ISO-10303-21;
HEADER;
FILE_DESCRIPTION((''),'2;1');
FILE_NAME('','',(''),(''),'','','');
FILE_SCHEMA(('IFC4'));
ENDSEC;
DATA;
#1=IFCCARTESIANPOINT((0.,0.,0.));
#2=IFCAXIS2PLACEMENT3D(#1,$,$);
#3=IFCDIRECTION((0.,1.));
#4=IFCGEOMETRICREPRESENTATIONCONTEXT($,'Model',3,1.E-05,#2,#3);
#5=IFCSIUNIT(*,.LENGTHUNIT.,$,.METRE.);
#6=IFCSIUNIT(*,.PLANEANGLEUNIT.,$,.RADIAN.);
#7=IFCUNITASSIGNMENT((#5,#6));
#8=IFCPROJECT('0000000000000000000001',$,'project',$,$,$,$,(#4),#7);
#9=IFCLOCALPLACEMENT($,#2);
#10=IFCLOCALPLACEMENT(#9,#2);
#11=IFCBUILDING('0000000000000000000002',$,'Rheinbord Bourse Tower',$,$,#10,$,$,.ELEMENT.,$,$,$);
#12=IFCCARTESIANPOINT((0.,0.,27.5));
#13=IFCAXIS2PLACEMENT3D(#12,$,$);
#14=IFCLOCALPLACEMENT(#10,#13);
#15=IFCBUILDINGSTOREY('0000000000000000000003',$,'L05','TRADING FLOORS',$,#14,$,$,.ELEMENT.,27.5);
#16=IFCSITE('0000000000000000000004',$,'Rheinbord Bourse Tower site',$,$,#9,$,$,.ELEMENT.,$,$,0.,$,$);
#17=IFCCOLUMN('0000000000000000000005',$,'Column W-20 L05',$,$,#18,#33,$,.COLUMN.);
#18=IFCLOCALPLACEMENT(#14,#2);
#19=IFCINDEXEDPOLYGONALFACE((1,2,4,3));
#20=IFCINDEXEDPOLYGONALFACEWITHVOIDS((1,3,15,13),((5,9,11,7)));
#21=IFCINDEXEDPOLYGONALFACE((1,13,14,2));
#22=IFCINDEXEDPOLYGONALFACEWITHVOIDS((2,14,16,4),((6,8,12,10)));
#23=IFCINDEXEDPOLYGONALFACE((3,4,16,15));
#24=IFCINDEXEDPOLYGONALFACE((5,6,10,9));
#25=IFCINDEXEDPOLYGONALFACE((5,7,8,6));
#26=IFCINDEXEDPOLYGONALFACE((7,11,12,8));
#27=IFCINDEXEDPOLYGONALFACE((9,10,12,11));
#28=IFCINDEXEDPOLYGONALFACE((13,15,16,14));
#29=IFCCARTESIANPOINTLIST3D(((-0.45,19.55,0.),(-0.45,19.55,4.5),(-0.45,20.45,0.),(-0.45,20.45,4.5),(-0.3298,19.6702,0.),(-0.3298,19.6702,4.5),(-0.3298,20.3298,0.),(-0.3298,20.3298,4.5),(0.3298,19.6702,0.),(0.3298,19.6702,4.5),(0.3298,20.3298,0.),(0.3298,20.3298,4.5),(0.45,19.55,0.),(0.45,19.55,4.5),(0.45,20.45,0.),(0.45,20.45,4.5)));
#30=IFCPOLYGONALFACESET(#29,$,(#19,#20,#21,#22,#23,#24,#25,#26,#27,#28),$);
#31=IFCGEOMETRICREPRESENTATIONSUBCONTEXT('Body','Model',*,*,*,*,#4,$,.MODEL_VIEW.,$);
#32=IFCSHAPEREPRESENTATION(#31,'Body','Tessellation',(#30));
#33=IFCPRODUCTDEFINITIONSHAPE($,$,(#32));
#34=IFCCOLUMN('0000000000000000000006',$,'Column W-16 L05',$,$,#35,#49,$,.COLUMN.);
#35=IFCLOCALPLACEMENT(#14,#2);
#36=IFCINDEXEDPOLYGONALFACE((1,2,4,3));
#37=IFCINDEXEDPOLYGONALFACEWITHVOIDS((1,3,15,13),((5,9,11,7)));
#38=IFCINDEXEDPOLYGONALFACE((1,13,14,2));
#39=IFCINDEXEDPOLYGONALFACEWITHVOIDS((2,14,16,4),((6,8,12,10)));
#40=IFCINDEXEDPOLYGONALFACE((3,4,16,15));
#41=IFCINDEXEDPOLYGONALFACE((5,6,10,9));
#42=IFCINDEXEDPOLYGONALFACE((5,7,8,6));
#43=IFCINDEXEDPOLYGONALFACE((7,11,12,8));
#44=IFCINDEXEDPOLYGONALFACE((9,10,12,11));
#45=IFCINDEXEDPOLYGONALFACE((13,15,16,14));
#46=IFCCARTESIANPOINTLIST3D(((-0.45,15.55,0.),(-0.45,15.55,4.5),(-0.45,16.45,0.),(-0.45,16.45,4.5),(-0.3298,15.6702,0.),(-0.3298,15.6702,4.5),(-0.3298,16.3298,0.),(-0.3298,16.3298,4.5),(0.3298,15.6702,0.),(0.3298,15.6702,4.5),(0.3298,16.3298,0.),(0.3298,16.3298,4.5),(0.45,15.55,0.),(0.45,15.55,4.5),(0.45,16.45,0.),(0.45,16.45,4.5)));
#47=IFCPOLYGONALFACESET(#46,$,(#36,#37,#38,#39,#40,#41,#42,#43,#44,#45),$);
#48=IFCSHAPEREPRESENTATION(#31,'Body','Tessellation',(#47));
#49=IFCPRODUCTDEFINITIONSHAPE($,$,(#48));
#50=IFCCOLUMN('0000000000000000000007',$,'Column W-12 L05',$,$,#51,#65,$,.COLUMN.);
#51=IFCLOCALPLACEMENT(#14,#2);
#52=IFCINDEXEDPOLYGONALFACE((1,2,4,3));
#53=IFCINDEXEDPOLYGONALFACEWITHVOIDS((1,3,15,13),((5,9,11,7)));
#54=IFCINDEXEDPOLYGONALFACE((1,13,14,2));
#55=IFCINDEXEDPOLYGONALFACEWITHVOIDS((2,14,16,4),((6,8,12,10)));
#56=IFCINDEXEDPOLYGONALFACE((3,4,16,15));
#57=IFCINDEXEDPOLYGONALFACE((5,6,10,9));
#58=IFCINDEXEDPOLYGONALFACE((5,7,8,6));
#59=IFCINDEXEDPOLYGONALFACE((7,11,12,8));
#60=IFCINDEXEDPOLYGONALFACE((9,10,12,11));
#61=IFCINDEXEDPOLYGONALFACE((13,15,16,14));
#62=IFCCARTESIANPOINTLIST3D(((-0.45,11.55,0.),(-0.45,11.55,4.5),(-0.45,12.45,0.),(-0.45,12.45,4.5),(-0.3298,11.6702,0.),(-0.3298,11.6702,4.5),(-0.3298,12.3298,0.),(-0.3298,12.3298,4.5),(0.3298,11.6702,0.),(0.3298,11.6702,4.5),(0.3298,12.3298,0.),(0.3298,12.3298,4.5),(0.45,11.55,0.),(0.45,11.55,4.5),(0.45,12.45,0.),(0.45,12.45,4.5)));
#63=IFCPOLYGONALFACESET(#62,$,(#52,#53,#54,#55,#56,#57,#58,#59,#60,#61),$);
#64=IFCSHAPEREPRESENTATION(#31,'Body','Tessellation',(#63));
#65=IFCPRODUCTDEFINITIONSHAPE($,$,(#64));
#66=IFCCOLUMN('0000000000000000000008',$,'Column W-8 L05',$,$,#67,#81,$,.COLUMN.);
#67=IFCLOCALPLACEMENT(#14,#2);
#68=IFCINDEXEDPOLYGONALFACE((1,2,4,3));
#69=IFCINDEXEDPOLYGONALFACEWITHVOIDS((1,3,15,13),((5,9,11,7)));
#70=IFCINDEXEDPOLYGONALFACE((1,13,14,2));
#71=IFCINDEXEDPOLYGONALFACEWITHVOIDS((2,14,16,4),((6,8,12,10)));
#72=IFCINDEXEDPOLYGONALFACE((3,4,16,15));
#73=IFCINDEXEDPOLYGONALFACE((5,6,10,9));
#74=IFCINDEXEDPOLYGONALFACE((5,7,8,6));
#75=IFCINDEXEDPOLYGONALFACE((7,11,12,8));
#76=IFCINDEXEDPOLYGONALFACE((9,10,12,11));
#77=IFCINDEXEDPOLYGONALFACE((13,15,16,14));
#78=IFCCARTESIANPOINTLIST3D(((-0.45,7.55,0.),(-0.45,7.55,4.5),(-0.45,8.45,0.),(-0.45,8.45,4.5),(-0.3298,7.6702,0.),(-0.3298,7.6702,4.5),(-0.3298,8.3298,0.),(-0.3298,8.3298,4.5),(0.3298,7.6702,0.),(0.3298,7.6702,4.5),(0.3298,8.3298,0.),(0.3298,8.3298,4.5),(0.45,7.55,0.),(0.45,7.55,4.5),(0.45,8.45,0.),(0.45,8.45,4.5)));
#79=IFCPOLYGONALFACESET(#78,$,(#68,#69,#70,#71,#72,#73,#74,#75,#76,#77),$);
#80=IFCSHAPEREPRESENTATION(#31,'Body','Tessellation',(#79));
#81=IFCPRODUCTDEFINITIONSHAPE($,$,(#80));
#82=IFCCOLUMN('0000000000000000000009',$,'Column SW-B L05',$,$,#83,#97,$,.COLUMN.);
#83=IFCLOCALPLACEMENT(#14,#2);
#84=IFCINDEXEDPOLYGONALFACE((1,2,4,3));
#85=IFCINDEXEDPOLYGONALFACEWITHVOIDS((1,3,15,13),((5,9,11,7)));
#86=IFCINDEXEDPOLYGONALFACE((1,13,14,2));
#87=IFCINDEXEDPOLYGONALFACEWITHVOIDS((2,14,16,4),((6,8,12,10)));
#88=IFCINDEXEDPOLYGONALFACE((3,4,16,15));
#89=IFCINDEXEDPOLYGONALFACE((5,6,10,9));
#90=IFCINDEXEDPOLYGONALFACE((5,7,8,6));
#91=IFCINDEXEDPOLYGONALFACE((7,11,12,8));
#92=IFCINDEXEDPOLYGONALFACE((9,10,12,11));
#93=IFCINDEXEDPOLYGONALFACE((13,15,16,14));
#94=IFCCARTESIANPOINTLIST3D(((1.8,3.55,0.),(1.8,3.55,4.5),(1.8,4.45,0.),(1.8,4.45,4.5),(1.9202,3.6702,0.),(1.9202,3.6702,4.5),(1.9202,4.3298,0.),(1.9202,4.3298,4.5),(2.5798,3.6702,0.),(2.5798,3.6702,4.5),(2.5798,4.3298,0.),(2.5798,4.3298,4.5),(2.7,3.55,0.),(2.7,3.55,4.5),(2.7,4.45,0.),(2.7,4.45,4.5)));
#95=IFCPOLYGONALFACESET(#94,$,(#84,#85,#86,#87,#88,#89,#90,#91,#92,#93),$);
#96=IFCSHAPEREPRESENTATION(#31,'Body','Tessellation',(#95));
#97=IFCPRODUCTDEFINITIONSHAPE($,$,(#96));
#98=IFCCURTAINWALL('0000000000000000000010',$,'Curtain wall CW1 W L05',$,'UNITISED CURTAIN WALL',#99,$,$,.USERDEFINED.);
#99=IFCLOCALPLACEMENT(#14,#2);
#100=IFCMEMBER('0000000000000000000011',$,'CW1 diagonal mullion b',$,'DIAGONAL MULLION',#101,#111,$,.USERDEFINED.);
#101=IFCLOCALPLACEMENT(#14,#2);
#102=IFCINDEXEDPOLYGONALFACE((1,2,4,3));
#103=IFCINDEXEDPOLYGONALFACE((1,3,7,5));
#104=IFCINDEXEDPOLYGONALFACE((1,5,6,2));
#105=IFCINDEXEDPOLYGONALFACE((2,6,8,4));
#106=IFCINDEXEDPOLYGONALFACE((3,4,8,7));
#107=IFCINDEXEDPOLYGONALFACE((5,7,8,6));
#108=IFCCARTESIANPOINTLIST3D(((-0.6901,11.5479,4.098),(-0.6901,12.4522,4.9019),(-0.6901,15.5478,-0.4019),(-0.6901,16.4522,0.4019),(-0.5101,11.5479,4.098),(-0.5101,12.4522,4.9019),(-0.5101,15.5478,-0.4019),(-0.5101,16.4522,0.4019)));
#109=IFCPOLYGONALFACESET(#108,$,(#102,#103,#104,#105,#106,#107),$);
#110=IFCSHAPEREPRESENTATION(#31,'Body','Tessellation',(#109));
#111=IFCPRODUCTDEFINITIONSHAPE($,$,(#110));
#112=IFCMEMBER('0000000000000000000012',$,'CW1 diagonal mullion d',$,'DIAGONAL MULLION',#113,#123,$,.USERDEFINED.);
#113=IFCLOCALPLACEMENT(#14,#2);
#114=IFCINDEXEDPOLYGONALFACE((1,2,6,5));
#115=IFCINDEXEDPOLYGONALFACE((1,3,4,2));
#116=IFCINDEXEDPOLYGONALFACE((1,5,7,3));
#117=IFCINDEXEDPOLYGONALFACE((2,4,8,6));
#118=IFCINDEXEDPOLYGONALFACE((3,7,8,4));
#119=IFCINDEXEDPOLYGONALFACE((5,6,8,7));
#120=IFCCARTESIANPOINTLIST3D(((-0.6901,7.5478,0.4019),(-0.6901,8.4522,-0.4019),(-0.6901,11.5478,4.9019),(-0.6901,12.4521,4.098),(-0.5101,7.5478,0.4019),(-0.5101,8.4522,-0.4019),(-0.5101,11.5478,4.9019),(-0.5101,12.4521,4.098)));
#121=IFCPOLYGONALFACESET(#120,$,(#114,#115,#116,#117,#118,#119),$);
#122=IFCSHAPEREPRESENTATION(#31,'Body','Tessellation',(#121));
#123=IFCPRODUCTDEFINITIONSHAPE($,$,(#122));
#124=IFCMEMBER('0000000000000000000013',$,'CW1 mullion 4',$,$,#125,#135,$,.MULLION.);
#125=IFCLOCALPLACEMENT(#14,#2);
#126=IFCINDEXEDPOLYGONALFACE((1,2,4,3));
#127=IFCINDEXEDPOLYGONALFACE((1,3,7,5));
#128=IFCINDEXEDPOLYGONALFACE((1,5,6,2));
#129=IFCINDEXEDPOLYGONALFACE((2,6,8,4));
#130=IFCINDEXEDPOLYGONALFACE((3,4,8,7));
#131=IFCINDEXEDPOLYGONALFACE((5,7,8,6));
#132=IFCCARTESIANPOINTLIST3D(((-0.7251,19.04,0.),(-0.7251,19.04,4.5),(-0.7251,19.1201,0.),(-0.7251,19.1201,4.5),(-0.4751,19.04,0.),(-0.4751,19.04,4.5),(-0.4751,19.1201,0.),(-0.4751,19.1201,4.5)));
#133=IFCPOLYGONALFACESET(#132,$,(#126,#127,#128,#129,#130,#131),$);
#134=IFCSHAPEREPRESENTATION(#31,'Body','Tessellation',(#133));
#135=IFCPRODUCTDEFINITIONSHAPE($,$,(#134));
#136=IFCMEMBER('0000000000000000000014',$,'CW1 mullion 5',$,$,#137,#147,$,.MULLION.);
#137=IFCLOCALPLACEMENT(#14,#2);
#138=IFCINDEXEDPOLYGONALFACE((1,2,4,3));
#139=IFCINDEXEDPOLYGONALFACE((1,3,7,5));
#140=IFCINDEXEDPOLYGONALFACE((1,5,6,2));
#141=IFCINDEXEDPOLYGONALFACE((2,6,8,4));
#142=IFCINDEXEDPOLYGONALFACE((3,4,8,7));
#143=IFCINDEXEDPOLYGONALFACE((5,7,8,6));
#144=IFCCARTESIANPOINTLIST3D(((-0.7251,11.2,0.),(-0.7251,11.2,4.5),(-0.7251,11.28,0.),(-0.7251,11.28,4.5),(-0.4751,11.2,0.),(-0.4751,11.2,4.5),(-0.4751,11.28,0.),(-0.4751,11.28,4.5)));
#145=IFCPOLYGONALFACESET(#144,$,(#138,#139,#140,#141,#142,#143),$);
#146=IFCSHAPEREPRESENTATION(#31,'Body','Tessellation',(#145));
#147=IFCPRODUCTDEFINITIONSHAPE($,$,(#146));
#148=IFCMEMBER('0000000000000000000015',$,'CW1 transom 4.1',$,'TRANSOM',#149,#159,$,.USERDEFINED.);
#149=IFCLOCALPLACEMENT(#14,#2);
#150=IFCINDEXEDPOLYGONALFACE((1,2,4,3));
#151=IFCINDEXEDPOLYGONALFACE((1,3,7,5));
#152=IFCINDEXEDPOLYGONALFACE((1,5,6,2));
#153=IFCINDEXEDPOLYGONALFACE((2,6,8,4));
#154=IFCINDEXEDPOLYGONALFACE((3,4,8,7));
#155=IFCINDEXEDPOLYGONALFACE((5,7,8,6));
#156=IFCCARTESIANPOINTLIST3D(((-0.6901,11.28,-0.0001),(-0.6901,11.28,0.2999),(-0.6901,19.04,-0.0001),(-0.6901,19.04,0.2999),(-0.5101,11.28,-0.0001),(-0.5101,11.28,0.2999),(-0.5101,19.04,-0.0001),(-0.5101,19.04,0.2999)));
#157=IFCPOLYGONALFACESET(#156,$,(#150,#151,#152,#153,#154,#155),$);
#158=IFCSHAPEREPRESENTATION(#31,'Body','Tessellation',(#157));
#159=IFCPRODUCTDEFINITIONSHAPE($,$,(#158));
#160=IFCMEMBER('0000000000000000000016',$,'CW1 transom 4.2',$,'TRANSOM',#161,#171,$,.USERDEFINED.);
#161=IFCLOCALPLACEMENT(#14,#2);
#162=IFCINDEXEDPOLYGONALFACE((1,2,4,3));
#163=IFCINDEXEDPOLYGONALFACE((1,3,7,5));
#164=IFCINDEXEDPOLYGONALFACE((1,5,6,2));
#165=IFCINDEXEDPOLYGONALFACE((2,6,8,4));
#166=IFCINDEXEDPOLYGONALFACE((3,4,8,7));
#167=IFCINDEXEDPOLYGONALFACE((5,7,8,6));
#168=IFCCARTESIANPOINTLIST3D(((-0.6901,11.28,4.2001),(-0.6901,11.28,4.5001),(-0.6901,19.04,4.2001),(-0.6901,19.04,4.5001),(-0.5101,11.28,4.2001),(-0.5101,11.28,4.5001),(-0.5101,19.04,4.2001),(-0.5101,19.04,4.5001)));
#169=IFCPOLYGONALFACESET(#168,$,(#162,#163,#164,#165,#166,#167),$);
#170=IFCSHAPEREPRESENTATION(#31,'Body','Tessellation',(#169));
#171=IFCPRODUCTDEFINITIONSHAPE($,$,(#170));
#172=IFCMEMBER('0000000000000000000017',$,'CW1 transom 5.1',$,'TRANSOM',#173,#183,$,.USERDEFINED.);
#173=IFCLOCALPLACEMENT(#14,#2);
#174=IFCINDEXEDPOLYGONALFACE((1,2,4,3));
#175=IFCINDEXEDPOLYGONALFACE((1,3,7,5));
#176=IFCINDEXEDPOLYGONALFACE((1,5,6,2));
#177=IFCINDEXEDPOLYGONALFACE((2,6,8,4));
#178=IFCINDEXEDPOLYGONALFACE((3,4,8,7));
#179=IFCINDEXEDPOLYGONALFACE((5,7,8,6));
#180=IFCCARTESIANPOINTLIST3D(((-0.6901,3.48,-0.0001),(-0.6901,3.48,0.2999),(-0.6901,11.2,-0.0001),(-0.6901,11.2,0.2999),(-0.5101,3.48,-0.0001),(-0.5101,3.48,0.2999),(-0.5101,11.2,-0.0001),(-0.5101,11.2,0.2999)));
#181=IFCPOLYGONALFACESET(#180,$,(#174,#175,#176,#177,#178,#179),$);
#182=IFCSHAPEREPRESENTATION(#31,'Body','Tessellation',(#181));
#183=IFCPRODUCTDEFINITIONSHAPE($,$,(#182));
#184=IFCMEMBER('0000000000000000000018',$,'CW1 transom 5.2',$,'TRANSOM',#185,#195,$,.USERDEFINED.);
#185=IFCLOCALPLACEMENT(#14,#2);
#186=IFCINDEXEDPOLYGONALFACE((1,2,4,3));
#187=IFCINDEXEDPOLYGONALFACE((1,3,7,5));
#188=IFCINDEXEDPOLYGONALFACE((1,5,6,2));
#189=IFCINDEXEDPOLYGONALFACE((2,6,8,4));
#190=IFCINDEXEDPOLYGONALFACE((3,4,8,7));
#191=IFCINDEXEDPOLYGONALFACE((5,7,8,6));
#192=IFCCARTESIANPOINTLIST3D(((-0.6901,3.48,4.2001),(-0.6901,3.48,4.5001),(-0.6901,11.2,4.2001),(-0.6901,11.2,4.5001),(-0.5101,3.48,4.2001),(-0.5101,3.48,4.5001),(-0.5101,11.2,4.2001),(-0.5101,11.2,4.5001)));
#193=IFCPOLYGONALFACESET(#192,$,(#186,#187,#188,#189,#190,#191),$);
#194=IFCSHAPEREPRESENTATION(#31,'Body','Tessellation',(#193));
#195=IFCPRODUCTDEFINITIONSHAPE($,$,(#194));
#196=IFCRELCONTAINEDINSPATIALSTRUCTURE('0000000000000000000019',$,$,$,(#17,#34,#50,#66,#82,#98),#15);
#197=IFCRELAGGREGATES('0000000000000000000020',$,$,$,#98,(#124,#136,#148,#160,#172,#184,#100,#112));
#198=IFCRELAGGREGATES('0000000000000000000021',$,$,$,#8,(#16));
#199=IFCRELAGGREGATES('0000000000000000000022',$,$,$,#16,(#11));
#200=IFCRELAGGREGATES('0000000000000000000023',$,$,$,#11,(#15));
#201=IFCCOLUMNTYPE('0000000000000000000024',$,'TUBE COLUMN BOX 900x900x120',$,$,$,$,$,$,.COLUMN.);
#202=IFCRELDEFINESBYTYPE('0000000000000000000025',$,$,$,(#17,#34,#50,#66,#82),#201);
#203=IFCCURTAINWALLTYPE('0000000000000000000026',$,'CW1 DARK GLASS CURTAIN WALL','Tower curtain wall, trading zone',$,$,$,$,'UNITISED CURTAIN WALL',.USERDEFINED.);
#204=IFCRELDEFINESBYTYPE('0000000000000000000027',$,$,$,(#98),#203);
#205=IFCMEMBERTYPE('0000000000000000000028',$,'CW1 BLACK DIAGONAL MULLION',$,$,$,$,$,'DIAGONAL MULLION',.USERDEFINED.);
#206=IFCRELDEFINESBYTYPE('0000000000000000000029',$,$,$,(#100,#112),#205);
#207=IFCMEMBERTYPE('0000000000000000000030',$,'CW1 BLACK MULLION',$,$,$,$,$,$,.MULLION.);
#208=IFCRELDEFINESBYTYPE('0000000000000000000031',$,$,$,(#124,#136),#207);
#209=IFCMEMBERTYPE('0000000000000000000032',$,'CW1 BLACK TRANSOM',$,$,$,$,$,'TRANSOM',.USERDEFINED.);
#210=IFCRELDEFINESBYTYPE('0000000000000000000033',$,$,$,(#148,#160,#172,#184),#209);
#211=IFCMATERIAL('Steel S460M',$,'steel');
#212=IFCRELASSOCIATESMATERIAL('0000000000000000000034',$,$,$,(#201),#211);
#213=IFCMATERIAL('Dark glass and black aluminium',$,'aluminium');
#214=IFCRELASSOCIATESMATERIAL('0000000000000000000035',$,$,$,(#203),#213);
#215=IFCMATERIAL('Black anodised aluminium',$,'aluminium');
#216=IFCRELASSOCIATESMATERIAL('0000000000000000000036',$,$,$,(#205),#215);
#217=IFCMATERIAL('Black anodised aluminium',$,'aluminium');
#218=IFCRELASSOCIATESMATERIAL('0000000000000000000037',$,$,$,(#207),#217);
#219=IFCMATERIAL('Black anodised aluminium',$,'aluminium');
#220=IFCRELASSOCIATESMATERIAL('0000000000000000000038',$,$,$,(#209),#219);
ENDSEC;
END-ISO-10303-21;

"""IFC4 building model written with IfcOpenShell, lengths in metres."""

from ifc_helpers import new_model, si_unit, direction, frame, origin, origin_2d, place, context, subcontext, project, spatial, rectangle, hollow_rectangle, extrude, material, material_profile, profile_set, type_object, element, aggregate, save


model = new_model("IFC4")

# Units and contexts
model_context = context("Model", 3, precision=1e-05, world=origin(), true_north=direction((0.0, 1.0)))
body_context = subcontext(model_context, "Body", "Model", "MODEL_VIEW")
ifc_project = project(units=[si_unit("LENGTHUNIT", "METRE"), si_unit("PLANEANGLEUNIT", "RADIAN")], contexts=[model_context])

# Site, building, storey
site_placement = place(None, origin())
site = spatial("IfcSite", under=ifc_project, at=site_placement, Name="Rheinbord Bourse Tower site", CompositionType="ELEMENT", RefElevation=0.0)
building_placement = place(site_placement, origin())
building = spatial("IfcBuilding", under=site, at=building_placement, Name="Rheinbord Bourse Tower", CompositionType="ELEMENT")
storey_placement = place(building_placement, frame((0.0, 0.0, 27.5)))
storey = spatial("IfcBuildingStorey", under=building, at=storey_placement, Name="L05", Description="TRADING FLOORS", CompositionType="ELEMENT", Elevation=27.5)

# Columns
ifc_material_1 = material(Name="Steel S460M", Category="steel")
ifc_material_profile_1 = material_profile(ifc_material_1, hollow_rectangle(XDim=0.8999, YDim=0.8999, WallThickness=0.1201, at=origin_2d()), Name="BOX 900x900x120")
ifc_profile_set_1 = profile_set([ifc_material_profile_1], Name="Steel S460M")
column_type = type_object("IfcColumnType", Name="TUBE COLUMN BOX 900x900x120", PredefinedType="COLUMN", material=ifc_profile_set_1)
for number, where, z_axis, x_axis, name in (
    (1, (0.0, 20.0, 0.0), (0.0, 0.0, 1.0), (1.0, 0.0, 0.0), "Column W-20 L05"),
    (2, (0.0, 16.0, 0.0), (0.0, 0.0, 1.0), (1.0, 0.0, 0.0), "Column W-16 L05"),
    (3, (0.0, 12.0, 0.0), (0.0, 0.0, 1.0), (1.0, 0.0, 0.0), "Column W-12 L05"),
    (4, (0.0, 8.0, 0.0), (0.0, 0.0, 1.0), (1.0, 0.0, 0.0), "Column W-8 L05"),
    (5, (2.25, 4.0, 0.0), (0.0, 0.0, 1.0), (1.0, 0.0, 0.0), "Column SW-B L05"),
):
    element("IfcColumn", number, at=place(storey_placement, frame(where, z_axis=z_axis, x_axis=x_axis)), inside=storey, type_object=column_type, Name=name, PredefinedType="COLUMN", context=body_context, shape_type="SweptSolid", body=[
        extrude(hollow_rectangle(XDim=0.8999, YDim=0.8999, WallThickness=0.1201, at=origin_2d()), origin(), (0.0, 0.0, 1.0), 4.5),
    ])

# Curtain wall, members
ifc_material_2 = material(Name="Dark glass and black aluminium", Category="aluminium")
curtain_wall_type = type_object("IfcCurtainWallType", Name="CW1 DARK GLASS CURTAIN WALL", Description="Tower curtain wall, trading zone", ElementType="UNITISED CURTAIN WALL", PredefinedType="USERDEFINED", material=ifc_material_2)
curtain_wall_placement = place(storey_placement, origin())
curtain_wall = element("IfcCurtainWall", 6, at=curtain_wall_placement, inside=storey, type_object=curtain_wall_type, Name="Curtain wall CW1 W L05", ObjectType="UNITISED CURTAIN WALL", PredefinedType="USERDEFINED")
ifc_material_3 = material(Name="Black anodised aluminium", Category="aluminium")
ifc_material_profile_2 = material_profile(ifc_material_3, rectangle(XDim=0.1799, YDim=1.21, at=origin_2d()), Name="CW1 DIAGONAL MULLION 1210x180")
ifc_profile_set_2 = profile_set([ifc_material_profile_2], Name="Black anodised aluminium")
member_type_1 = type_object("IfcMemberType", Name="CW1 BLACK DIAGONAL MULLION", ElementType="DIAGONAL MULLION", PredefinedType="USERDEFINED", material=ifc_profile_set_2)
member_1_placement = place(storey_placement, frame((-0.6001, 16.0, 0.0), z_axis=(0.0, -0.664364, 0.747409), x_axis=(1.0, 0.0, 0.0)))
member_1 = element("IfcMember", 7, at=member_1_placement, type_object=member_type_1, Name="CW1 diagonal mullion b", ObjectType="DIAGONAL MULLION", PredefinedType="USERDEFINED", context=body_context, shape_type="SweptSolid", body=[
    extrude(rectangle(XDim=0.1799, YDim=1.21, at=origin_2d()), origin(), (0.0, 0.0, 1.0), 6.0208),
])
member_2_placement = place(storey_placement, frame((-0.6001, 8.0, 0.0), z_axis=(0.0, 0.664364, 0.747409), x_axis=(-1.0, 0.0, 0.0)))
member_2 = element("IfcMember", 8, at=member_2_placement, type_object=member_type_1, Name="CW1 diagonal mullion d", ObjectType="DIAGONAL MULLION", PredefinedType="USERDEFINED", context=body_context, shape_type="SweptSolid", body=[
    extrude(rectangle(XDim=0.1799, YDim=1.21, at=origin_2d()), origin(), (0.0, 0.0, 1.0), 6.0208),
])
ifc_material_4 = material(Name="Black anodised aluminium", Category="aluminium")
ifc_material_profile_3 = material_profile(ifc_material_4, rectangle(XDim=0.25, YDim=0.0801, at=origin_2d()), Name="CW1 MULLION 80x250")
ifc_profile_set_3 = profile_set([ifc_material_profile_3], Name="Black anodised aluminium")
member_type_2 = type_object("IfcMemberType", Name="CW1 BLACK MULLION", PredefinedType="MULLION", material=ifc_profile_set_3)
member_3_placement = place(storey_placement, frame((-0.6001, 19.0801, 0.0), z_axis=(0.0, 0.0, 1.0), x_axis=(1.0, 0.0, 0.0)))
member_3 = element("IfcMember", 9, at=member_3_placement, type_object=member_type_2, Name="CW1 mullion 4", PredefinedType="MULLION", context=body_context, shape_type="SweptSolid", body=[
    extrude(rectangle(XDim=0.25, YDim=0.0801, at=origin_2d()), origin(), (0.0, 0.0, 1.0), 4.5),
])
member_4_placement = place(storey_placement, frame((-0.6001, 11.24, 0.0), z_axis=(0.0, 0.0, 1.0), x_axis=(1.0, 0.0, 0.0)))
member_4 = element("IfcMember", 10, at=member_4_placement, type_object=member_type_2, Name="CW1 mullion 5", PredefinedType="MULLION", context=body_context, shape_type="SweptSolid", body=[
    extrude(rectangle(XDim=0.25, YDim=0.0801, at=origin_2d()), origin(), (0.0, 0.0, 1.0), 4.5),
])
ifc_material_5 = material(Name="Black anodised aluminium", Category="aluminium")
ifc_material_profile_4 = material_profile(ifc_material_5, rectangle(XDim=0.1799, YDim=0.3, at=origin_2d()), Name="CW1 TRANSOM 300x180")
ifc_profile_set_4 = profile_set([ifc_material_profile_4], Name="Black anodised aluminium")
member_type_3 = type_object("IfcMemberType", Name="CW1 BLACK TRANSOM", ElementType="TRANSOM", PredefinedType="USERDEFINED", material=ifc_profile_set_4)
member_5_placement = place(storey_placement, frame((-0.6001, 19.04, 0.1499), z_axis=(0.0, -1.0, 0.0), x_axis=(1.0, 0.0, 0.0)))
member_5 = element("IfcMember", 11, at=member_5_placement, type_object=member_type_3, Name="CW1 transom 4.1", ObjectType="TRANSOM", PredefinedType="USERDEFINED", context=body_context, shape_type="SweptSolid", body=[
    extrude(rectangle(XDim=0.1799, YDim=0.3, at=origin_2d()), origin(), (0.0, 0.0, 1.0), 7.76),
])
member_6_placement = place(storey_placement, frame((-0.6001, 19.04, 4.3501), z_axis=(0.0, -1.0, 0.0), x_axis=(1.0, 0.0, 0.0)))
member_6 = element("IfcMember", 12, at=member_6_placement, type_object=member_type_3, Name="CW1 transom 4.2", ObjectType="TRANSOM", PredefinedType="USERDEFINED", context=body_context, shape_type="SweptSolid", body=[
    extrude(rectangle(XDim=0.1799, YDim=0.3, at=origin_2d()), origin(), (0.0, 0.0, 1.0), 7.76),
])
member_7_placement = place(storey_placement, frame((-0.6001, 11.2, 0.1499), z_axis=(0.0, -1.0, 0.0), x_axis=(1.0, 0.0, 0.0)))
member_7 = element("IfcMember", 13, at=member_7_placement, type_object=member_type_3, Name="CW1 transom 5.1", ObjectType="TRANSOM", PredefinedType="USERDEFINED", context=body_context, shape_type="SweptSolid", body=[
    extrude(rectangle(XDim=0.1799, YDim=0.3, at=origin_2d()), origin(), (0.0, 0.0, 1.0), 7.72),
])
member_8_placement = place(storey_placement, frame((-0.6001, 11.2, 4.3501), z_axis=(0.0, -1.0, 0.0), x_axis=(1.0, 0.0, 0.0)))
member_8 = element("IfcMember", 14, at=member_8_placement, type_object=member_type_3, Name="CW1 transom 5.2", ObjectType="TRANSOM", PredefinedType="USERDEFINED", context=body_context, shape_type="SweptSolid", body=[
    extrude(rectangle(XDim=0.1799, YDim=0.3, at=origin_2d()), origin(), (0.0, 0.0, 1.0), 7.72),
])

aggregate(curtain_wall, [member_3, member_4, member_5, member_6, member_7, member_8, member_1, member_2])

save(model, "model.ifc")
